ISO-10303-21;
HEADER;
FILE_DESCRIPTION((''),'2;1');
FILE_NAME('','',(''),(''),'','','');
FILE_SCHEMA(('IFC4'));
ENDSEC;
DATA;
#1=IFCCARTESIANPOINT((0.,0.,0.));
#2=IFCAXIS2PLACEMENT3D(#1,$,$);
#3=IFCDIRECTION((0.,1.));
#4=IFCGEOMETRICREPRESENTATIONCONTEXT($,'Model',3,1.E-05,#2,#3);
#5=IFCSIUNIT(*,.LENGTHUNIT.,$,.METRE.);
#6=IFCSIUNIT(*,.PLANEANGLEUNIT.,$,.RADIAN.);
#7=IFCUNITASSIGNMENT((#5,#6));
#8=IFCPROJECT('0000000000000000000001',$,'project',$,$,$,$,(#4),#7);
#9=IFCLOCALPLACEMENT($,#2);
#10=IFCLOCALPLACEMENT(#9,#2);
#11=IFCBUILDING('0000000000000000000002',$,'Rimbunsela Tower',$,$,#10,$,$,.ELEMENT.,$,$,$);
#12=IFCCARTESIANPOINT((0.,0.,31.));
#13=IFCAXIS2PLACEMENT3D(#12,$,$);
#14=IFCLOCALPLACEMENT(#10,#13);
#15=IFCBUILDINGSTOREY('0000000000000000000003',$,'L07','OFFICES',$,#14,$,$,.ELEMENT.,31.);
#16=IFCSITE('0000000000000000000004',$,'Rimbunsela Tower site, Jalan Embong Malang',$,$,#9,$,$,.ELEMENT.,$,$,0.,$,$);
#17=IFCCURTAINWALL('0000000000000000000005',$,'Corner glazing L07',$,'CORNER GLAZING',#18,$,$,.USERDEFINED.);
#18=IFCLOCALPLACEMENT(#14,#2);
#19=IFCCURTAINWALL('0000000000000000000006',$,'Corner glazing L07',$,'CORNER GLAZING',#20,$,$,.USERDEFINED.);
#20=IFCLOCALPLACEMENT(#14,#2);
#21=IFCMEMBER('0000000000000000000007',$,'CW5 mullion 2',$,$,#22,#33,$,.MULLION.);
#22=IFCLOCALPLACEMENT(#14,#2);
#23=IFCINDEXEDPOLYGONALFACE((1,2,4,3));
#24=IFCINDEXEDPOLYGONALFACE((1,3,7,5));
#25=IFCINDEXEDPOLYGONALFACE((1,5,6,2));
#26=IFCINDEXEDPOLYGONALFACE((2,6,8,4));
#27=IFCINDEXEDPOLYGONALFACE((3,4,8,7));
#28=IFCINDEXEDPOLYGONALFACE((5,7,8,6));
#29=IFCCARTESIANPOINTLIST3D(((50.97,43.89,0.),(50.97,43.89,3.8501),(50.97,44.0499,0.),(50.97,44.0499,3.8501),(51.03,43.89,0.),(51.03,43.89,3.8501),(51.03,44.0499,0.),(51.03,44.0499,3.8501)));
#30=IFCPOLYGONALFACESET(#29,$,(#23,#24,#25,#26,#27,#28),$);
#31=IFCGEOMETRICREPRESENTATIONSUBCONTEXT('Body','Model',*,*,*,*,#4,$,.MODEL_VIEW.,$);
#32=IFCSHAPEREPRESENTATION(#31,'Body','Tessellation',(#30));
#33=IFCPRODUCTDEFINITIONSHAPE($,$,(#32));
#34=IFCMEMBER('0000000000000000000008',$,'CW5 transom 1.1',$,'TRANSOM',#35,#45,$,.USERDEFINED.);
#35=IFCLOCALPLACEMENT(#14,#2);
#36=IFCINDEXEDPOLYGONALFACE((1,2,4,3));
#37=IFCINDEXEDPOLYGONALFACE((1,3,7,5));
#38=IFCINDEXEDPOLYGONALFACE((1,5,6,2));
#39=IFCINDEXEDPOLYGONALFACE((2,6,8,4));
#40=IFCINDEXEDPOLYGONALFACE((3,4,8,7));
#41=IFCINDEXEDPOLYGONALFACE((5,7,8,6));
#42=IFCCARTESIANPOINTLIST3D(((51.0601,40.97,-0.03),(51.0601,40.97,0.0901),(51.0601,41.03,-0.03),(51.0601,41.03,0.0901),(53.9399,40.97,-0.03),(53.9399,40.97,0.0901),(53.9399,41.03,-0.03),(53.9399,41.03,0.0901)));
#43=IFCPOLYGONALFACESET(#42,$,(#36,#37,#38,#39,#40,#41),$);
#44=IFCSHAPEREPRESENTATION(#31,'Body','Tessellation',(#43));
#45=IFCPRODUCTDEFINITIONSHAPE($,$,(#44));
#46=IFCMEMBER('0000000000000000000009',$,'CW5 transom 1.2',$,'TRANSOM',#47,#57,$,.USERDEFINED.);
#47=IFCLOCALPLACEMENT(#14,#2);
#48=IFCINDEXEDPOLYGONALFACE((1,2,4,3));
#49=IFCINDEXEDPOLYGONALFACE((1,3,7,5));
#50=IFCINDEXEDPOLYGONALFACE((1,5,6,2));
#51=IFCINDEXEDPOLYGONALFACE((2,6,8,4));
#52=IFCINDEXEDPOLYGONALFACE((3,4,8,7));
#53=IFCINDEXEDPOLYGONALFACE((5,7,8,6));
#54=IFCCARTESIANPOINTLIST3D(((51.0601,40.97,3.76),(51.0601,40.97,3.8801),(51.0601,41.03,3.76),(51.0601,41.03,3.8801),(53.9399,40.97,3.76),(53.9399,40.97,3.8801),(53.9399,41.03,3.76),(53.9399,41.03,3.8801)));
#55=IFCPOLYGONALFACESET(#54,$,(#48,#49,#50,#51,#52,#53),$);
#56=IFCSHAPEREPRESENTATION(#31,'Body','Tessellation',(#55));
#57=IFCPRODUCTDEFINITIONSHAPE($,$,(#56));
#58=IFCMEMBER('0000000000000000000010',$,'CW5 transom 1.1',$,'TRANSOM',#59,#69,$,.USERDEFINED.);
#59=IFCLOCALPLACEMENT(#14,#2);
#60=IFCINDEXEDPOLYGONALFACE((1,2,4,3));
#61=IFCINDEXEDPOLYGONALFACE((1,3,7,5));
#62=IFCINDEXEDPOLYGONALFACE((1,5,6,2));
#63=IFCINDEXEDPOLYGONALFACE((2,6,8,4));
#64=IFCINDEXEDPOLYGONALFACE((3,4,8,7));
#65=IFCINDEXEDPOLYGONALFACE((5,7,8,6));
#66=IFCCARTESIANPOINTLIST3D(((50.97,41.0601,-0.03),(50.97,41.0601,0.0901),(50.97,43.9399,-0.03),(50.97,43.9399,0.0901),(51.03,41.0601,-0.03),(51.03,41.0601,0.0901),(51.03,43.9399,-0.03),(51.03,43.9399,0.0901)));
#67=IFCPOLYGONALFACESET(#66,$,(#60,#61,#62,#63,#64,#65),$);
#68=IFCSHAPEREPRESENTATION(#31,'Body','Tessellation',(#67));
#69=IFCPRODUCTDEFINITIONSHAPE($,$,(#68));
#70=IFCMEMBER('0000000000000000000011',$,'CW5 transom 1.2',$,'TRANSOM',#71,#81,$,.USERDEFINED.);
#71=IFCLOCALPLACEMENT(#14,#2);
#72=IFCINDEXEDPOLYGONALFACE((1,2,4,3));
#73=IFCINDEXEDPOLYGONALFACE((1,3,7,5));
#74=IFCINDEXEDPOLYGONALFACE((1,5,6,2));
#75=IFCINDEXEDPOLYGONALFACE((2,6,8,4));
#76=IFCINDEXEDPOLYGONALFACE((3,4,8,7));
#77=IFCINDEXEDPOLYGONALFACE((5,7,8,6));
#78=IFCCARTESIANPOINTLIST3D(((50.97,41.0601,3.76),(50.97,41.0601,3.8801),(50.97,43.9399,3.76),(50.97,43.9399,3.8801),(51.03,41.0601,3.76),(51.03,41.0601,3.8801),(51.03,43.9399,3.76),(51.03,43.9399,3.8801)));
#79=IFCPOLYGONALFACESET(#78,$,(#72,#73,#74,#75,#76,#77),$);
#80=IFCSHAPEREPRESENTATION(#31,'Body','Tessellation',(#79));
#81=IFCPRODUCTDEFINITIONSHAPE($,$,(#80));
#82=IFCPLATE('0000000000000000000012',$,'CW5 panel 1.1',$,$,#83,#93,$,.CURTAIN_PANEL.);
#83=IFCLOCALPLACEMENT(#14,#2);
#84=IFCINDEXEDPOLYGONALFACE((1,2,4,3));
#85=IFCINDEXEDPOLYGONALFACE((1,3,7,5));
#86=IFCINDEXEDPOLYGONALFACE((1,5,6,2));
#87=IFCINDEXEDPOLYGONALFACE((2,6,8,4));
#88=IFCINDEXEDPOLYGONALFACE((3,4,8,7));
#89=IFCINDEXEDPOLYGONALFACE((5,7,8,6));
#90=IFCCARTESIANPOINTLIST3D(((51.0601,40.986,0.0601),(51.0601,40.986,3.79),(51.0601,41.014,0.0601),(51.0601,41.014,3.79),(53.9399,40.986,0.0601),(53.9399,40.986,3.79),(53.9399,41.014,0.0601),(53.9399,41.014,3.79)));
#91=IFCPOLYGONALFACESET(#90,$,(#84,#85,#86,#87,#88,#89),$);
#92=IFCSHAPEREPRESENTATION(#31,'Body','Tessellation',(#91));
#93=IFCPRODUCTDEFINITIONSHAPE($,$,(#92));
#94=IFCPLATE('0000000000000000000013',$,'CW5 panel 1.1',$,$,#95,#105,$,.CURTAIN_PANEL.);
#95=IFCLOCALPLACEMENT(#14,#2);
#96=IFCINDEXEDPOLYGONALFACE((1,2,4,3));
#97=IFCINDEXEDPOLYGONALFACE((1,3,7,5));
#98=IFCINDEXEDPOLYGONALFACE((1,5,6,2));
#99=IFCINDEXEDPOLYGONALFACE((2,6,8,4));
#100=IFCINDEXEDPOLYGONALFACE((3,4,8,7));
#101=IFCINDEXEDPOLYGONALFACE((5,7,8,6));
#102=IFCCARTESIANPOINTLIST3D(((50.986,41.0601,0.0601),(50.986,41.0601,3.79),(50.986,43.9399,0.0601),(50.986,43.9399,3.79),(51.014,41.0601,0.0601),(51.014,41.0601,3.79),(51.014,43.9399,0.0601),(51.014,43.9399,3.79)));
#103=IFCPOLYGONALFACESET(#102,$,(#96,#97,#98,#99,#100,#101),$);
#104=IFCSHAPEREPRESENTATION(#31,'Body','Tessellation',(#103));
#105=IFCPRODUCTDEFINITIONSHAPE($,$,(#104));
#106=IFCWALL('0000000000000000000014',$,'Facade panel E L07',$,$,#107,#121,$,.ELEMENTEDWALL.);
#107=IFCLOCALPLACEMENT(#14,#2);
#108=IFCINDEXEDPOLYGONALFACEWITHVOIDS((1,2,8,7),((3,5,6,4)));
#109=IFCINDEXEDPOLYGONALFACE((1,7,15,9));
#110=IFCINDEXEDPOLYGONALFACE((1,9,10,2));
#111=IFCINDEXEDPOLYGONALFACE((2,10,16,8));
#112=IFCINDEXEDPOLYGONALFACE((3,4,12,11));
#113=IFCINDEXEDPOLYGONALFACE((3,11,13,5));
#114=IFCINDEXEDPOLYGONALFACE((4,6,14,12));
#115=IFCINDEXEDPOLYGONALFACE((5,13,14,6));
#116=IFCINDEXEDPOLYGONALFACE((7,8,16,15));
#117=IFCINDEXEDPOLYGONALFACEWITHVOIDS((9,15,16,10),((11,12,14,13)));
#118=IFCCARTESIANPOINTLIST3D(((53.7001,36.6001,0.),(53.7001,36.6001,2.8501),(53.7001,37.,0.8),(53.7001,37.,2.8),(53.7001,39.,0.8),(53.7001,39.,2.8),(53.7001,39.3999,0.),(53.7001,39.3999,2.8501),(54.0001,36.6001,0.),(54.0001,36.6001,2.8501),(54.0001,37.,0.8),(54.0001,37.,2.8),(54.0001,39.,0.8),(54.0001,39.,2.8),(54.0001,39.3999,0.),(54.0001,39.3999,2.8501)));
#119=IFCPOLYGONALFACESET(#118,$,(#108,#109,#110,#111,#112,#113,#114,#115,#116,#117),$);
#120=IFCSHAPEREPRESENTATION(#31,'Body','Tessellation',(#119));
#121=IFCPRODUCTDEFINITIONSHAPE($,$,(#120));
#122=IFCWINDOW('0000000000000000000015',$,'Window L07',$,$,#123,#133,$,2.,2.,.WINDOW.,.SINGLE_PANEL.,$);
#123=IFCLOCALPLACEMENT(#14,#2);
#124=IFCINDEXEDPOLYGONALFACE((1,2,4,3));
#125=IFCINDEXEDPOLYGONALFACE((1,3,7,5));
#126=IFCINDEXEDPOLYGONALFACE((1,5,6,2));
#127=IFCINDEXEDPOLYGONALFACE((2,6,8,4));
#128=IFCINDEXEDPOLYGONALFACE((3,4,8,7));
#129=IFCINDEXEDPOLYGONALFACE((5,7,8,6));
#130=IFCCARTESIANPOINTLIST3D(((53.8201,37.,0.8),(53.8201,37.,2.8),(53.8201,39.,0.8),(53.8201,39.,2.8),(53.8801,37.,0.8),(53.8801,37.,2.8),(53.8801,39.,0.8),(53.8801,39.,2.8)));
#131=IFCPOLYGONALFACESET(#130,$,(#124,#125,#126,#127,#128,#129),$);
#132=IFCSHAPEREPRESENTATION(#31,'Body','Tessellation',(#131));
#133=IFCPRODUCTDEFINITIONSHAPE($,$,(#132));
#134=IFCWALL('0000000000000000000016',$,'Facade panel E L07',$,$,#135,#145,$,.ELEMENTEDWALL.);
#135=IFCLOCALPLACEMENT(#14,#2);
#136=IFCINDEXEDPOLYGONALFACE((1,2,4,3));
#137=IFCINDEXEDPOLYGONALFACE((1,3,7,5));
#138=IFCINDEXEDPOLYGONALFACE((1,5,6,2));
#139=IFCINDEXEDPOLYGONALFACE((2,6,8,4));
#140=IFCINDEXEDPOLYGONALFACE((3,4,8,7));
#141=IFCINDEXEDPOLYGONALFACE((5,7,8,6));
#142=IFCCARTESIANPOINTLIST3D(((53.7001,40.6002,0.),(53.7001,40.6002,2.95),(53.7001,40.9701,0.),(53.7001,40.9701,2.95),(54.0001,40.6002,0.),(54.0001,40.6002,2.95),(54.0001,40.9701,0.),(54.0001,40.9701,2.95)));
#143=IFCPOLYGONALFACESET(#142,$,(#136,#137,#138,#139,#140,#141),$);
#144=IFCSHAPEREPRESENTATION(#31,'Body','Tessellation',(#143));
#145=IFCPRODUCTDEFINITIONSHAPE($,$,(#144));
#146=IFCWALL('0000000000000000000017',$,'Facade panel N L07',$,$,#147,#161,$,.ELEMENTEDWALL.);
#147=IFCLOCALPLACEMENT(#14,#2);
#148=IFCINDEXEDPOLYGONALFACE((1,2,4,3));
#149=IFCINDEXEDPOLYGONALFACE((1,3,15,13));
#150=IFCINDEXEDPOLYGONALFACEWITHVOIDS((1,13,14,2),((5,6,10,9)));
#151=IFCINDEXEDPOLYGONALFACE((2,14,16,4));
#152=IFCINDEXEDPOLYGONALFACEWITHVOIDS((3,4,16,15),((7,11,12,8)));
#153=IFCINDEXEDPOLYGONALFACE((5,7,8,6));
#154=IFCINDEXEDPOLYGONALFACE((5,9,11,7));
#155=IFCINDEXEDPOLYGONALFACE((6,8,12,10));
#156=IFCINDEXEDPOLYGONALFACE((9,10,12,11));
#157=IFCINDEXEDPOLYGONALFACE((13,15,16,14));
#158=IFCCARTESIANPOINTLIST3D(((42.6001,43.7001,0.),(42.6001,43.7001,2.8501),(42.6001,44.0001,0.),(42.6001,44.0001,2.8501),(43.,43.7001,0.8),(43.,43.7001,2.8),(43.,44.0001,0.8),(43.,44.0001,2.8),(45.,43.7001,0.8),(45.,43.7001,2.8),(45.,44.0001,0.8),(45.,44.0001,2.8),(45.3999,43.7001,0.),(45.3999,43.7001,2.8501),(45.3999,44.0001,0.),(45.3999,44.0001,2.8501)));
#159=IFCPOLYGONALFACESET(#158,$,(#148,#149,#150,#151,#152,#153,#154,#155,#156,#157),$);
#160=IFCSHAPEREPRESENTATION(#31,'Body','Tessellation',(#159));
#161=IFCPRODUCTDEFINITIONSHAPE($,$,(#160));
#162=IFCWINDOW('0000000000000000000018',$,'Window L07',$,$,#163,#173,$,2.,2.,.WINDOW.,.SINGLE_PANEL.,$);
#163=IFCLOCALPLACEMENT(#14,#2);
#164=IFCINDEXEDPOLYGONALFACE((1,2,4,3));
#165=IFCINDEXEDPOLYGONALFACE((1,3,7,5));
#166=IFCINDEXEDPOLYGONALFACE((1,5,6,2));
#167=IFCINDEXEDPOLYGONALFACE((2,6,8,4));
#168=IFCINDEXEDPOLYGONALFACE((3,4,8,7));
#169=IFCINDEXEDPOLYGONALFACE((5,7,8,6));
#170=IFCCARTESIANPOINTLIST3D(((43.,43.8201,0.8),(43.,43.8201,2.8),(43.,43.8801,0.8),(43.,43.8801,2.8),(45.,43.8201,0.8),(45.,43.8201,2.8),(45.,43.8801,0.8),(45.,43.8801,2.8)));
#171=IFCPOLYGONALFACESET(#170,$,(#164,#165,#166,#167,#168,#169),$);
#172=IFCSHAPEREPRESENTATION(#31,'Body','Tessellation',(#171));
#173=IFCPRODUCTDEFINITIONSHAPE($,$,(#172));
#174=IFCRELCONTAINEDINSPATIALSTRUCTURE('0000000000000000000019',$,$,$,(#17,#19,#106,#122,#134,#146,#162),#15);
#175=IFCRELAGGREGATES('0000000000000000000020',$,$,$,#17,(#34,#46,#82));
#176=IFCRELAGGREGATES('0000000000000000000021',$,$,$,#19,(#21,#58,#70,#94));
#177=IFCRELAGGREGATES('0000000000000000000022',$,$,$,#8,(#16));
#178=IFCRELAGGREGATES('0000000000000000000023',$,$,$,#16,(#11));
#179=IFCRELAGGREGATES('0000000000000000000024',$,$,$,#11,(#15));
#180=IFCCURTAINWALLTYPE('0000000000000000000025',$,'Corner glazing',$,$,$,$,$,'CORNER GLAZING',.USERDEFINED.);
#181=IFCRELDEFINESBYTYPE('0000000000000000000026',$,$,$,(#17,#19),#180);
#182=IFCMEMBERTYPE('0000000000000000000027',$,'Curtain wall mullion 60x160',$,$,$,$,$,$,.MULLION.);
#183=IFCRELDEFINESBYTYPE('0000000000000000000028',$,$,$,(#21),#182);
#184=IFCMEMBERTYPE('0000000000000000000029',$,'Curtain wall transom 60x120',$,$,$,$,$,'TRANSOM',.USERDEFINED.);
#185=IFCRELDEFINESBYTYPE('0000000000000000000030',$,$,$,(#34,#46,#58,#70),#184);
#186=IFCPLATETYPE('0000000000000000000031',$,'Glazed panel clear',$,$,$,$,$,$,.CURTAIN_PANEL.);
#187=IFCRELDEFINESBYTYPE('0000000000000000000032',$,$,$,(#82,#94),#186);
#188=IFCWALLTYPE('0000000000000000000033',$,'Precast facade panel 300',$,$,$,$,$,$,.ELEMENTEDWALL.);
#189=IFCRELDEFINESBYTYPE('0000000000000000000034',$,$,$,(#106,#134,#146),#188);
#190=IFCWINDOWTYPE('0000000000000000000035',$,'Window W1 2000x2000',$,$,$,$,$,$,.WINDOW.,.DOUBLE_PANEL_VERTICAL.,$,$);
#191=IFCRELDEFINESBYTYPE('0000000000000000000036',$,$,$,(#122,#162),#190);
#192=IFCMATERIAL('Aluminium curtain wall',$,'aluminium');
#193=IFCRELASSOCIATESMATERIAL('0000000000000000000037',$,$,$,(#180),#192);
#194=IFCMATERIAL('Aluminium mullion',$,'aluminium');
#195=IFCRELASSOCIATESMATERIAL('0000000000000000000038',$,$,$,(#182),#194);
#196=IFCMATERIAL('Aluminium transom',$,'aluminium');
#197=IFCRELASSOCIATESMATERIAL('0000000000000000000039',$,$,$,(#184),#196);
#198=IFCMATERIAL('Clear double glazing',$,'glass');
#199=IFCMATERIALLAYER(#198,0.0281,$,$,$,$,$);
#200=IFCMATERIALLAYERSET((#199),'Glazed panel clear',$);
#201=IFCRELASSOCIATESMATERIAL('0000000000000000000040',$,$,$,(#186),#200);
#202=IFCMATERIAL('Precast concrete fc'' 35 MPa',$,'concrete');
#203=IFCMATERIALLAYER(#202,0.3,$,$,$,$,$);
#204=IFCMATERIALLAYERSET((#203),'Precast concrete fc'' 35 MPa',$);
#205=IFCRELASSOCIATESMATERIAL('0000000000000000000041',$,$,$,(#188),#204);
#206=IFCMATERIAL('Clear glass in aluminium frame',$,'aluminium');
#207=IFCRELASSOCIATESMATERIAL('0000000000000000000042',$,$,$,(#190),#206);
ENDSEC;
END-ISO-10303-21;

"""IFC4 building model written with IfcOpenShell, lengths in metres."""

from ifc_helpers import new_model, si_unit, direction, frame, frame_2d, origin, origin_2d, place, context, subcontext, project, spatial, rectangle, extrude, material, layer, layer_set, material_profile, profile_set, type_object, element, fill, aggregate, save


model = new_model("IFC4")

# Units and contexts
model_context = context("Model", 3, precision=1e-05, world=origin(), true_north=direction((0.0, 1.0)))
body_context = subcontext(model_context, "Body", "Model", "MODEL_VIEW")
ifc_project = project(units=[si_unit("LENGTHUNIT", "METRE"), si_unit("PLANEANGLEUNIT", "RADIAN")], contexts=[model_context])

# Site, building, storey
site_placement = place(None, origin())
site = spatial("IfcSite", under=ifc_project, at=site_placement, Name="Rimbunsela Tower site, Jalan Embong Malang", CompositionType="ELEMENT", RefElevation=0.0)
building_placement = place(site_placement, origin())
building = spatial("IfcBuilding", under=site, at=building_placement, Name="Rimbunsela Tower", CompositionType="ELEMENT")
storey_placement = place(building_placement, frame((0.0, 0.0, 31.0)))
storey = spatial("IfcBuildingStorey", under=building, at=storey_placement, Name="L07", Description="OFFICES", CompositionType="ELEMENT", Elevation=31.0)

# Curtain walls, member
ifc_material_1 = material(Name="Aluminium curtain wall", Category="aluminium")
curtain_wall_type = type_object("IfcCurtainWallType", Name="Corner glazing", ElementType="CORNER GLAZING", PredefinedType="USERDEFINED", material=ifc_material_1)
curtain_wall_1_placement = place(storey_placement, origin())
curtain_wall_1 = element("IfcCurtainWall", 1, at=curtain_wall_1_placement, inside=storey, type_object=curtain_wall_type, Name="Corner glazing L07", ObjectType="CORNER GLAZING", PredefinedType="USERDEFINED")
ifc_material_2 = material(Name="Aluminium mullion", Category="aluminium")
ifc_material_profile_1 = material_profile(ifc_material_2, rectangle(XDim=0.0601, YDim=0.1599, at=origin_2d()), Name="Mullion 60x160")
ifc_profile_set_1 = profile_set([ifc_material_profile_1], Name="Aluminium mullion")
member_type_1 = type_object("IfcMemberType", Name="Curtain wall mullion 60x160", PredefinedType="MULLION", material=ifc_profile_set_1)
curtain_wall_2_placement = place(storey_placement, origin())
curtain_wall_2 = element("IfcCurtainWall", 2, at=curtain_wall_2_placement, inside=storey, type_object=curtain_wall_type, Name="Corner glazing L07", ObjectType="CORNER GLAZING", PredefinedType="USERDEFINED")
member_1_placement = place(storey_placement, frame((51.0, 43.97, 0.0), z_axis=(0.0, 0.0, 1.0), x_axis=(-1.0, 0.0, 0.0)))
member_1 = element("IfcMember", 3, at=member_1_placement, type_object=member_type_1, Name="CW5 mullion 2", PredefinedType="MULLION", context=body_context, shape_type="SweptSolid", body=[
    extrude(rectangle(XDim=0.0601, YDim=0.1599, at=origin_2d()), origin(), (0.0, 0.0, 1.0), 3.8501),
])

# Members
ifc_material_3 = material(Name="Aluminium transom", Category="aluminium")
ifc_material_profile_2 = material_profile(ifc_material_3, rectangle(XDim=0.0601, YDim=0.1201, at=origin_2d()), Name="Transom 60x120")
ifc_profile_set_2 = profile_set([ifc_material_profile_2], Name="Aluminium transom")
member_type_2 = type_object("IfcMemberType", Name="Curtain wall transom 60x120", ElementType="TRANSOM", PredefinedType="USERDEFINED", material=ifc_profile_set_2)
member_2_placement = place(storey_placement, frame((53.9399, 41.0, 0.03), z_axis=(-1.0, 0.0, 0.0), x_axis=(0.0, -1.0, 0.0)))
member_2 = element("IfcMember", 4, at=member_2_placement, type_object=member_type_2, Name="CW5 transom 1.1", ObjectType="TRANSOM", PredefinedType="USERDEFINED", context=body_context, shape_type="SweptSolid", body=[
    extrude(rectangle(XDim=0.0601, YDim=0.1201, at=origin_2d()), origin(), (0.0, 0.0, 1.0), 2.8799),
])
member_3_placement = place(storey_placement, frame((53.9399, 41.0, 3.8201), z_axis=(-1.0, 0.0, 0.0), x_axis=(0.0, -1.0, 0.0)))
member_3 = element("IfcMember", 5, at=member_3_placement, type_object=member_type_2, Name="CW5 transom 1.2", ObjectType="TRANSOM", PredefinedType="USERDEFINED", context=body_context, shape_type="SweptSolid", body=[
    extrude(rectangle(XDim=0.0601, YDim=0.1201, at=origin_2d()), origin(), (0.0, 0.0, 1.0), 2.8799),
])
member_4_placement = place(storey_placement, frame((51.0, 41.0601, 0.03), z_axis=(0.0, 1.0, 0.0), x_axis=(-1.0, 0.0, 0.0)))
member_4 = element("IfcMember", 6, at=member_4_placement, type_object=member_type_2, Name="CW5 transom 1.1", ObjectType="TRANSOM", PredefinedType="USERDEFINED", context=body_context, shape_type="SweptSolid", body=[
    extrude(rectangle(XDim=0.0601, YDim=0.1201, at=origin_2d()), origin(), (0.0, 0.0, 1.0), 2.8799),
])
member_5_placement = place(storey_placement, frame((51.0, 41.0601, 3.8201), z_axis=(0.0, 1.0, 0.0), x_axis=(-1.0, 0.0, 0.0)))
member_5 = element("IfcMember", 7, at=member_5_placement, type_object=member_type_2, Name="CW5 transom 1.2", ObjectType="TRANSOM", PredefinedType="USERDEFINED", context=body_context, shape_type="SweptSolid", body=[
    extrude(rectangle(XDim=0.0601, YDim=0.1201, at=origin_2d()), origin(), (0.0, 0.0, 1.0), 2.8799),
])

# Plates
ifc_material_4 = material(Name="Clear double glazing", Category="glass")
ifc_layer_1 = layer(ifc_material_4, 0.0281)
ifc_layer_set_1 = layer_set([ifc_layer_1], Name="Glazed panel clear")
plate_type = type_object("IfcPlateType", Name="Glazed panel clear", PredefinedType="CURTAIN_PANEL", material=ifc_layer_set_1)
plate_1_placement = place(storey_placement, frame((52.5, 41.0, 0.0601), z_axis=(0.0, 0.0, 1.0), x_axis=(-1.0, 0.0, 0.0)))
plate_1 = element("IfcPlate", 8, at=plate_1_placement, type_object=plate_type, Name="CW5 panel 1.1", PredefinedType="CURTAIN_PANEL", context=body_context, shape_type="SweptSolid", body=[
    extrude(rectangle(XDim=2.8799, YDim=0.0281, at=origin_2d()), origin(), (0.0, 0.0, 1.0), 3.73),
])
aggregate(curtain_wall_1, [member_2, member_3, plate_1])
plate_2_placement = place(storey_placement, frame((51.0, 42.5, 0.0601), z_axis=(0.0, 0.0, 1.0), x_axis=(0.0, 1.0, 0.0)))
plate_2 = element("IfcPlate", 9, at=plate_2_placement, type_object=plate_type, Name="CW5 panel 1.1", PredefinedType="CURTAIN_PANEL", context=body_context, shape_type="SweptSolid", body=[
    extrude(rectangle(XDim=2.8799, YDim=0.0281, at=origin_2d()), origin(), (0.0, 0.0, 1.0), 3.73),
])
aggregate(curtain_wall_2, [member_1, member_4, member_5, plate_2])

# Wall, opening, window
ifc_material_5 = material(Name="Precast concrete fc' 35 MPa", Category="concrete")
ifc_layer_2 = layer(ifc_material_5, 0.3)
ifc_layer_set_2 = layer_set([ifc_layer_2], Name="Precast concrete fc' 35 MPa")
wall_type = type_object("IfcWallType", Name="Precast facade panel 300", PredefinedType="ELEMENTEDWALL", material=ifc_layer_set_2)
wall_1_placement = place(storey_placement, frame((53.8501, 36.6001, 0.0), z_axis=(0.0, 0.0, 1.0), x_axis=(0.0, 1.0, 0.0)))
wall_1 = element("IfcWall", 10, at=wall_1_placement, inside=storey, type_object=wall_type, Name="Facade panel E L07", PredefinedType="ELEMENTEDWALL", context=body_context, shape_type="SweptSolid", body=[
    extrude(rectangle(XDim=2.7998, YDim=0.3, at=frame_2d((1.3999, 0.0))), origin(), (0.0, 0.0, 1.0), 2.8501),
])
opening_1_placement = place(wall_1_placement, frame((0.3999, 0.0, 0.8)))
opening_1 = element("IfcOpeningElement", 11, at=opening_1_placement, cuts=wall_1, PredefinedType="OPENING", context=body_context, shape_type="SweptSolid", body=[
    extrude(rectangle(XDim=2.0, YDim=2.0, at=frame_2d((1.0, 1.0))), frame((0.0, 0.1599, 0.0), z_axis=(0.0, -1.0, 0.0), x_axis=(1.0, 0.0, 0.0)), (0.0, 0.0, 1.0), 0.3201),
])
ifc_material_6 = material(Name="Clear glass in aluminium frame", Category="aluminium")
window_type = type_object("IfcWindowType", Name="Window W1 2000x2000", PartitioningType="DOUBLE_PANEL_VERTICAL", PredefinedType="WINDOW", material=ifc_material_6)
window_1_placement = place(opening_1_placement, origin())
window_1 = element("IfcWindow", 12, at=window_1_placement, inside=storey, type_object=window_type, Name="Window L07", OverallHeight=2.0, OverallWidth=2.0, PartitioningType="SINGLE_PANEL", PredefinedType="WINDOW", context=body_context, shape_type="SweptSolid", body=[
    extrude(rectangle(XDim=2.0, YDim=2.0, at=frame_2d((1.0, 1.0))), frame((0.0, 0.03, 0.0), z_axis=(0.0, -1.0, 0.0), x_axis=(1.0, 0.0, 0.0)), (0.0, 0.0, 1.0), 0.0601),
])
fill(opening_1, window_1)

# Wall
wall_2_placement = place(storey_placement, frame((53.8501, 40.6001, 0.0), z_axis=(0.0, 0.0, 1.0), x_axis=(0.0, 1.0, 0.0)))
element("IfcWall", 13, at=wall_2_placement, inside=storey, type_object=wall_type, Name="Facade panel E L07", PredefinedType="ELEMENTEDWALL", context=body_context, shape_type="SweptSolid", body=[
    extrude(rectangle(XDim=0.3699, YDim=0.3, at=frame_2d((0.1851, 0.0))), origin(), (0.0, 0.0, 1.0), 2.95),
])

# Wall, opening, window
wall_3_placement = place(storey_placement, frame((45.3999, 43.8501, 0.0), z_axis=(0.0, 0.0, 1.0), x_axis=(-1.0, 0.0, 0.0)))
wall_3 = element("IfcWall", 14, at=wall_3_placement, inside=storey, type_object=wall_type, Name="Facade panel N L07", PredefinedType="ELEMENTEDWALL", context=body_context, shape_type="SweptSolid", body=[
    extrude(rectangle(XDim=2.7998, YDim=0.3, at=frame_2d((1.3999, 0.0))), origin(), (0.0, 0.0, 1.0), 2.8501),
])
opening_2_placement = place(wall_3_placement, frame((0.3999, 0.0, 0.8)))
opening_2 = element("IfcOpeningElement", 15, at=opening_2_placement, cuts=wall_3, PredefinedType="OPENING", context=body_context, shape_type="SweptSolid", body=[
    extrude(rectangle(XDim=2.0, YDim=2.0, at=frame_2d((1.0, 1.0))), frame((0.0, 0.1599, 0.0), z_axis=(0.0, -1.0, 0.0), x_axis=(1.0, 0.0, 0.0)), (0.0, 0.0, 1.0), 0.3201),
])
window_2_placement = place(opening_2_placement, origin())
window_2 = element("IfcWindow", 16, at=window_2_placement, inside=storey, type_object=window_type, Name="Window L07", OverallHeight=2.0, OverallWidth=2.0, PartitioningType="SINGLE_PANEL", PredefinedType="WINDOW", context=body_context, shape_type="SweptSolid", body=[
    extrude(rectangle(XDim=2.0, YDim=2.0, at=frame_2d((1.0, 1.0))), frame((0.0, 0.03, 0.0), z_axis=(0.0, -1.0, 0.0), x_axis=(1.0, 0.0, 0.0)), (0.0, 0.0, 1.0), 0.0601),
])
fill(opening_2, window_2)

save(model, "model.ifc")
